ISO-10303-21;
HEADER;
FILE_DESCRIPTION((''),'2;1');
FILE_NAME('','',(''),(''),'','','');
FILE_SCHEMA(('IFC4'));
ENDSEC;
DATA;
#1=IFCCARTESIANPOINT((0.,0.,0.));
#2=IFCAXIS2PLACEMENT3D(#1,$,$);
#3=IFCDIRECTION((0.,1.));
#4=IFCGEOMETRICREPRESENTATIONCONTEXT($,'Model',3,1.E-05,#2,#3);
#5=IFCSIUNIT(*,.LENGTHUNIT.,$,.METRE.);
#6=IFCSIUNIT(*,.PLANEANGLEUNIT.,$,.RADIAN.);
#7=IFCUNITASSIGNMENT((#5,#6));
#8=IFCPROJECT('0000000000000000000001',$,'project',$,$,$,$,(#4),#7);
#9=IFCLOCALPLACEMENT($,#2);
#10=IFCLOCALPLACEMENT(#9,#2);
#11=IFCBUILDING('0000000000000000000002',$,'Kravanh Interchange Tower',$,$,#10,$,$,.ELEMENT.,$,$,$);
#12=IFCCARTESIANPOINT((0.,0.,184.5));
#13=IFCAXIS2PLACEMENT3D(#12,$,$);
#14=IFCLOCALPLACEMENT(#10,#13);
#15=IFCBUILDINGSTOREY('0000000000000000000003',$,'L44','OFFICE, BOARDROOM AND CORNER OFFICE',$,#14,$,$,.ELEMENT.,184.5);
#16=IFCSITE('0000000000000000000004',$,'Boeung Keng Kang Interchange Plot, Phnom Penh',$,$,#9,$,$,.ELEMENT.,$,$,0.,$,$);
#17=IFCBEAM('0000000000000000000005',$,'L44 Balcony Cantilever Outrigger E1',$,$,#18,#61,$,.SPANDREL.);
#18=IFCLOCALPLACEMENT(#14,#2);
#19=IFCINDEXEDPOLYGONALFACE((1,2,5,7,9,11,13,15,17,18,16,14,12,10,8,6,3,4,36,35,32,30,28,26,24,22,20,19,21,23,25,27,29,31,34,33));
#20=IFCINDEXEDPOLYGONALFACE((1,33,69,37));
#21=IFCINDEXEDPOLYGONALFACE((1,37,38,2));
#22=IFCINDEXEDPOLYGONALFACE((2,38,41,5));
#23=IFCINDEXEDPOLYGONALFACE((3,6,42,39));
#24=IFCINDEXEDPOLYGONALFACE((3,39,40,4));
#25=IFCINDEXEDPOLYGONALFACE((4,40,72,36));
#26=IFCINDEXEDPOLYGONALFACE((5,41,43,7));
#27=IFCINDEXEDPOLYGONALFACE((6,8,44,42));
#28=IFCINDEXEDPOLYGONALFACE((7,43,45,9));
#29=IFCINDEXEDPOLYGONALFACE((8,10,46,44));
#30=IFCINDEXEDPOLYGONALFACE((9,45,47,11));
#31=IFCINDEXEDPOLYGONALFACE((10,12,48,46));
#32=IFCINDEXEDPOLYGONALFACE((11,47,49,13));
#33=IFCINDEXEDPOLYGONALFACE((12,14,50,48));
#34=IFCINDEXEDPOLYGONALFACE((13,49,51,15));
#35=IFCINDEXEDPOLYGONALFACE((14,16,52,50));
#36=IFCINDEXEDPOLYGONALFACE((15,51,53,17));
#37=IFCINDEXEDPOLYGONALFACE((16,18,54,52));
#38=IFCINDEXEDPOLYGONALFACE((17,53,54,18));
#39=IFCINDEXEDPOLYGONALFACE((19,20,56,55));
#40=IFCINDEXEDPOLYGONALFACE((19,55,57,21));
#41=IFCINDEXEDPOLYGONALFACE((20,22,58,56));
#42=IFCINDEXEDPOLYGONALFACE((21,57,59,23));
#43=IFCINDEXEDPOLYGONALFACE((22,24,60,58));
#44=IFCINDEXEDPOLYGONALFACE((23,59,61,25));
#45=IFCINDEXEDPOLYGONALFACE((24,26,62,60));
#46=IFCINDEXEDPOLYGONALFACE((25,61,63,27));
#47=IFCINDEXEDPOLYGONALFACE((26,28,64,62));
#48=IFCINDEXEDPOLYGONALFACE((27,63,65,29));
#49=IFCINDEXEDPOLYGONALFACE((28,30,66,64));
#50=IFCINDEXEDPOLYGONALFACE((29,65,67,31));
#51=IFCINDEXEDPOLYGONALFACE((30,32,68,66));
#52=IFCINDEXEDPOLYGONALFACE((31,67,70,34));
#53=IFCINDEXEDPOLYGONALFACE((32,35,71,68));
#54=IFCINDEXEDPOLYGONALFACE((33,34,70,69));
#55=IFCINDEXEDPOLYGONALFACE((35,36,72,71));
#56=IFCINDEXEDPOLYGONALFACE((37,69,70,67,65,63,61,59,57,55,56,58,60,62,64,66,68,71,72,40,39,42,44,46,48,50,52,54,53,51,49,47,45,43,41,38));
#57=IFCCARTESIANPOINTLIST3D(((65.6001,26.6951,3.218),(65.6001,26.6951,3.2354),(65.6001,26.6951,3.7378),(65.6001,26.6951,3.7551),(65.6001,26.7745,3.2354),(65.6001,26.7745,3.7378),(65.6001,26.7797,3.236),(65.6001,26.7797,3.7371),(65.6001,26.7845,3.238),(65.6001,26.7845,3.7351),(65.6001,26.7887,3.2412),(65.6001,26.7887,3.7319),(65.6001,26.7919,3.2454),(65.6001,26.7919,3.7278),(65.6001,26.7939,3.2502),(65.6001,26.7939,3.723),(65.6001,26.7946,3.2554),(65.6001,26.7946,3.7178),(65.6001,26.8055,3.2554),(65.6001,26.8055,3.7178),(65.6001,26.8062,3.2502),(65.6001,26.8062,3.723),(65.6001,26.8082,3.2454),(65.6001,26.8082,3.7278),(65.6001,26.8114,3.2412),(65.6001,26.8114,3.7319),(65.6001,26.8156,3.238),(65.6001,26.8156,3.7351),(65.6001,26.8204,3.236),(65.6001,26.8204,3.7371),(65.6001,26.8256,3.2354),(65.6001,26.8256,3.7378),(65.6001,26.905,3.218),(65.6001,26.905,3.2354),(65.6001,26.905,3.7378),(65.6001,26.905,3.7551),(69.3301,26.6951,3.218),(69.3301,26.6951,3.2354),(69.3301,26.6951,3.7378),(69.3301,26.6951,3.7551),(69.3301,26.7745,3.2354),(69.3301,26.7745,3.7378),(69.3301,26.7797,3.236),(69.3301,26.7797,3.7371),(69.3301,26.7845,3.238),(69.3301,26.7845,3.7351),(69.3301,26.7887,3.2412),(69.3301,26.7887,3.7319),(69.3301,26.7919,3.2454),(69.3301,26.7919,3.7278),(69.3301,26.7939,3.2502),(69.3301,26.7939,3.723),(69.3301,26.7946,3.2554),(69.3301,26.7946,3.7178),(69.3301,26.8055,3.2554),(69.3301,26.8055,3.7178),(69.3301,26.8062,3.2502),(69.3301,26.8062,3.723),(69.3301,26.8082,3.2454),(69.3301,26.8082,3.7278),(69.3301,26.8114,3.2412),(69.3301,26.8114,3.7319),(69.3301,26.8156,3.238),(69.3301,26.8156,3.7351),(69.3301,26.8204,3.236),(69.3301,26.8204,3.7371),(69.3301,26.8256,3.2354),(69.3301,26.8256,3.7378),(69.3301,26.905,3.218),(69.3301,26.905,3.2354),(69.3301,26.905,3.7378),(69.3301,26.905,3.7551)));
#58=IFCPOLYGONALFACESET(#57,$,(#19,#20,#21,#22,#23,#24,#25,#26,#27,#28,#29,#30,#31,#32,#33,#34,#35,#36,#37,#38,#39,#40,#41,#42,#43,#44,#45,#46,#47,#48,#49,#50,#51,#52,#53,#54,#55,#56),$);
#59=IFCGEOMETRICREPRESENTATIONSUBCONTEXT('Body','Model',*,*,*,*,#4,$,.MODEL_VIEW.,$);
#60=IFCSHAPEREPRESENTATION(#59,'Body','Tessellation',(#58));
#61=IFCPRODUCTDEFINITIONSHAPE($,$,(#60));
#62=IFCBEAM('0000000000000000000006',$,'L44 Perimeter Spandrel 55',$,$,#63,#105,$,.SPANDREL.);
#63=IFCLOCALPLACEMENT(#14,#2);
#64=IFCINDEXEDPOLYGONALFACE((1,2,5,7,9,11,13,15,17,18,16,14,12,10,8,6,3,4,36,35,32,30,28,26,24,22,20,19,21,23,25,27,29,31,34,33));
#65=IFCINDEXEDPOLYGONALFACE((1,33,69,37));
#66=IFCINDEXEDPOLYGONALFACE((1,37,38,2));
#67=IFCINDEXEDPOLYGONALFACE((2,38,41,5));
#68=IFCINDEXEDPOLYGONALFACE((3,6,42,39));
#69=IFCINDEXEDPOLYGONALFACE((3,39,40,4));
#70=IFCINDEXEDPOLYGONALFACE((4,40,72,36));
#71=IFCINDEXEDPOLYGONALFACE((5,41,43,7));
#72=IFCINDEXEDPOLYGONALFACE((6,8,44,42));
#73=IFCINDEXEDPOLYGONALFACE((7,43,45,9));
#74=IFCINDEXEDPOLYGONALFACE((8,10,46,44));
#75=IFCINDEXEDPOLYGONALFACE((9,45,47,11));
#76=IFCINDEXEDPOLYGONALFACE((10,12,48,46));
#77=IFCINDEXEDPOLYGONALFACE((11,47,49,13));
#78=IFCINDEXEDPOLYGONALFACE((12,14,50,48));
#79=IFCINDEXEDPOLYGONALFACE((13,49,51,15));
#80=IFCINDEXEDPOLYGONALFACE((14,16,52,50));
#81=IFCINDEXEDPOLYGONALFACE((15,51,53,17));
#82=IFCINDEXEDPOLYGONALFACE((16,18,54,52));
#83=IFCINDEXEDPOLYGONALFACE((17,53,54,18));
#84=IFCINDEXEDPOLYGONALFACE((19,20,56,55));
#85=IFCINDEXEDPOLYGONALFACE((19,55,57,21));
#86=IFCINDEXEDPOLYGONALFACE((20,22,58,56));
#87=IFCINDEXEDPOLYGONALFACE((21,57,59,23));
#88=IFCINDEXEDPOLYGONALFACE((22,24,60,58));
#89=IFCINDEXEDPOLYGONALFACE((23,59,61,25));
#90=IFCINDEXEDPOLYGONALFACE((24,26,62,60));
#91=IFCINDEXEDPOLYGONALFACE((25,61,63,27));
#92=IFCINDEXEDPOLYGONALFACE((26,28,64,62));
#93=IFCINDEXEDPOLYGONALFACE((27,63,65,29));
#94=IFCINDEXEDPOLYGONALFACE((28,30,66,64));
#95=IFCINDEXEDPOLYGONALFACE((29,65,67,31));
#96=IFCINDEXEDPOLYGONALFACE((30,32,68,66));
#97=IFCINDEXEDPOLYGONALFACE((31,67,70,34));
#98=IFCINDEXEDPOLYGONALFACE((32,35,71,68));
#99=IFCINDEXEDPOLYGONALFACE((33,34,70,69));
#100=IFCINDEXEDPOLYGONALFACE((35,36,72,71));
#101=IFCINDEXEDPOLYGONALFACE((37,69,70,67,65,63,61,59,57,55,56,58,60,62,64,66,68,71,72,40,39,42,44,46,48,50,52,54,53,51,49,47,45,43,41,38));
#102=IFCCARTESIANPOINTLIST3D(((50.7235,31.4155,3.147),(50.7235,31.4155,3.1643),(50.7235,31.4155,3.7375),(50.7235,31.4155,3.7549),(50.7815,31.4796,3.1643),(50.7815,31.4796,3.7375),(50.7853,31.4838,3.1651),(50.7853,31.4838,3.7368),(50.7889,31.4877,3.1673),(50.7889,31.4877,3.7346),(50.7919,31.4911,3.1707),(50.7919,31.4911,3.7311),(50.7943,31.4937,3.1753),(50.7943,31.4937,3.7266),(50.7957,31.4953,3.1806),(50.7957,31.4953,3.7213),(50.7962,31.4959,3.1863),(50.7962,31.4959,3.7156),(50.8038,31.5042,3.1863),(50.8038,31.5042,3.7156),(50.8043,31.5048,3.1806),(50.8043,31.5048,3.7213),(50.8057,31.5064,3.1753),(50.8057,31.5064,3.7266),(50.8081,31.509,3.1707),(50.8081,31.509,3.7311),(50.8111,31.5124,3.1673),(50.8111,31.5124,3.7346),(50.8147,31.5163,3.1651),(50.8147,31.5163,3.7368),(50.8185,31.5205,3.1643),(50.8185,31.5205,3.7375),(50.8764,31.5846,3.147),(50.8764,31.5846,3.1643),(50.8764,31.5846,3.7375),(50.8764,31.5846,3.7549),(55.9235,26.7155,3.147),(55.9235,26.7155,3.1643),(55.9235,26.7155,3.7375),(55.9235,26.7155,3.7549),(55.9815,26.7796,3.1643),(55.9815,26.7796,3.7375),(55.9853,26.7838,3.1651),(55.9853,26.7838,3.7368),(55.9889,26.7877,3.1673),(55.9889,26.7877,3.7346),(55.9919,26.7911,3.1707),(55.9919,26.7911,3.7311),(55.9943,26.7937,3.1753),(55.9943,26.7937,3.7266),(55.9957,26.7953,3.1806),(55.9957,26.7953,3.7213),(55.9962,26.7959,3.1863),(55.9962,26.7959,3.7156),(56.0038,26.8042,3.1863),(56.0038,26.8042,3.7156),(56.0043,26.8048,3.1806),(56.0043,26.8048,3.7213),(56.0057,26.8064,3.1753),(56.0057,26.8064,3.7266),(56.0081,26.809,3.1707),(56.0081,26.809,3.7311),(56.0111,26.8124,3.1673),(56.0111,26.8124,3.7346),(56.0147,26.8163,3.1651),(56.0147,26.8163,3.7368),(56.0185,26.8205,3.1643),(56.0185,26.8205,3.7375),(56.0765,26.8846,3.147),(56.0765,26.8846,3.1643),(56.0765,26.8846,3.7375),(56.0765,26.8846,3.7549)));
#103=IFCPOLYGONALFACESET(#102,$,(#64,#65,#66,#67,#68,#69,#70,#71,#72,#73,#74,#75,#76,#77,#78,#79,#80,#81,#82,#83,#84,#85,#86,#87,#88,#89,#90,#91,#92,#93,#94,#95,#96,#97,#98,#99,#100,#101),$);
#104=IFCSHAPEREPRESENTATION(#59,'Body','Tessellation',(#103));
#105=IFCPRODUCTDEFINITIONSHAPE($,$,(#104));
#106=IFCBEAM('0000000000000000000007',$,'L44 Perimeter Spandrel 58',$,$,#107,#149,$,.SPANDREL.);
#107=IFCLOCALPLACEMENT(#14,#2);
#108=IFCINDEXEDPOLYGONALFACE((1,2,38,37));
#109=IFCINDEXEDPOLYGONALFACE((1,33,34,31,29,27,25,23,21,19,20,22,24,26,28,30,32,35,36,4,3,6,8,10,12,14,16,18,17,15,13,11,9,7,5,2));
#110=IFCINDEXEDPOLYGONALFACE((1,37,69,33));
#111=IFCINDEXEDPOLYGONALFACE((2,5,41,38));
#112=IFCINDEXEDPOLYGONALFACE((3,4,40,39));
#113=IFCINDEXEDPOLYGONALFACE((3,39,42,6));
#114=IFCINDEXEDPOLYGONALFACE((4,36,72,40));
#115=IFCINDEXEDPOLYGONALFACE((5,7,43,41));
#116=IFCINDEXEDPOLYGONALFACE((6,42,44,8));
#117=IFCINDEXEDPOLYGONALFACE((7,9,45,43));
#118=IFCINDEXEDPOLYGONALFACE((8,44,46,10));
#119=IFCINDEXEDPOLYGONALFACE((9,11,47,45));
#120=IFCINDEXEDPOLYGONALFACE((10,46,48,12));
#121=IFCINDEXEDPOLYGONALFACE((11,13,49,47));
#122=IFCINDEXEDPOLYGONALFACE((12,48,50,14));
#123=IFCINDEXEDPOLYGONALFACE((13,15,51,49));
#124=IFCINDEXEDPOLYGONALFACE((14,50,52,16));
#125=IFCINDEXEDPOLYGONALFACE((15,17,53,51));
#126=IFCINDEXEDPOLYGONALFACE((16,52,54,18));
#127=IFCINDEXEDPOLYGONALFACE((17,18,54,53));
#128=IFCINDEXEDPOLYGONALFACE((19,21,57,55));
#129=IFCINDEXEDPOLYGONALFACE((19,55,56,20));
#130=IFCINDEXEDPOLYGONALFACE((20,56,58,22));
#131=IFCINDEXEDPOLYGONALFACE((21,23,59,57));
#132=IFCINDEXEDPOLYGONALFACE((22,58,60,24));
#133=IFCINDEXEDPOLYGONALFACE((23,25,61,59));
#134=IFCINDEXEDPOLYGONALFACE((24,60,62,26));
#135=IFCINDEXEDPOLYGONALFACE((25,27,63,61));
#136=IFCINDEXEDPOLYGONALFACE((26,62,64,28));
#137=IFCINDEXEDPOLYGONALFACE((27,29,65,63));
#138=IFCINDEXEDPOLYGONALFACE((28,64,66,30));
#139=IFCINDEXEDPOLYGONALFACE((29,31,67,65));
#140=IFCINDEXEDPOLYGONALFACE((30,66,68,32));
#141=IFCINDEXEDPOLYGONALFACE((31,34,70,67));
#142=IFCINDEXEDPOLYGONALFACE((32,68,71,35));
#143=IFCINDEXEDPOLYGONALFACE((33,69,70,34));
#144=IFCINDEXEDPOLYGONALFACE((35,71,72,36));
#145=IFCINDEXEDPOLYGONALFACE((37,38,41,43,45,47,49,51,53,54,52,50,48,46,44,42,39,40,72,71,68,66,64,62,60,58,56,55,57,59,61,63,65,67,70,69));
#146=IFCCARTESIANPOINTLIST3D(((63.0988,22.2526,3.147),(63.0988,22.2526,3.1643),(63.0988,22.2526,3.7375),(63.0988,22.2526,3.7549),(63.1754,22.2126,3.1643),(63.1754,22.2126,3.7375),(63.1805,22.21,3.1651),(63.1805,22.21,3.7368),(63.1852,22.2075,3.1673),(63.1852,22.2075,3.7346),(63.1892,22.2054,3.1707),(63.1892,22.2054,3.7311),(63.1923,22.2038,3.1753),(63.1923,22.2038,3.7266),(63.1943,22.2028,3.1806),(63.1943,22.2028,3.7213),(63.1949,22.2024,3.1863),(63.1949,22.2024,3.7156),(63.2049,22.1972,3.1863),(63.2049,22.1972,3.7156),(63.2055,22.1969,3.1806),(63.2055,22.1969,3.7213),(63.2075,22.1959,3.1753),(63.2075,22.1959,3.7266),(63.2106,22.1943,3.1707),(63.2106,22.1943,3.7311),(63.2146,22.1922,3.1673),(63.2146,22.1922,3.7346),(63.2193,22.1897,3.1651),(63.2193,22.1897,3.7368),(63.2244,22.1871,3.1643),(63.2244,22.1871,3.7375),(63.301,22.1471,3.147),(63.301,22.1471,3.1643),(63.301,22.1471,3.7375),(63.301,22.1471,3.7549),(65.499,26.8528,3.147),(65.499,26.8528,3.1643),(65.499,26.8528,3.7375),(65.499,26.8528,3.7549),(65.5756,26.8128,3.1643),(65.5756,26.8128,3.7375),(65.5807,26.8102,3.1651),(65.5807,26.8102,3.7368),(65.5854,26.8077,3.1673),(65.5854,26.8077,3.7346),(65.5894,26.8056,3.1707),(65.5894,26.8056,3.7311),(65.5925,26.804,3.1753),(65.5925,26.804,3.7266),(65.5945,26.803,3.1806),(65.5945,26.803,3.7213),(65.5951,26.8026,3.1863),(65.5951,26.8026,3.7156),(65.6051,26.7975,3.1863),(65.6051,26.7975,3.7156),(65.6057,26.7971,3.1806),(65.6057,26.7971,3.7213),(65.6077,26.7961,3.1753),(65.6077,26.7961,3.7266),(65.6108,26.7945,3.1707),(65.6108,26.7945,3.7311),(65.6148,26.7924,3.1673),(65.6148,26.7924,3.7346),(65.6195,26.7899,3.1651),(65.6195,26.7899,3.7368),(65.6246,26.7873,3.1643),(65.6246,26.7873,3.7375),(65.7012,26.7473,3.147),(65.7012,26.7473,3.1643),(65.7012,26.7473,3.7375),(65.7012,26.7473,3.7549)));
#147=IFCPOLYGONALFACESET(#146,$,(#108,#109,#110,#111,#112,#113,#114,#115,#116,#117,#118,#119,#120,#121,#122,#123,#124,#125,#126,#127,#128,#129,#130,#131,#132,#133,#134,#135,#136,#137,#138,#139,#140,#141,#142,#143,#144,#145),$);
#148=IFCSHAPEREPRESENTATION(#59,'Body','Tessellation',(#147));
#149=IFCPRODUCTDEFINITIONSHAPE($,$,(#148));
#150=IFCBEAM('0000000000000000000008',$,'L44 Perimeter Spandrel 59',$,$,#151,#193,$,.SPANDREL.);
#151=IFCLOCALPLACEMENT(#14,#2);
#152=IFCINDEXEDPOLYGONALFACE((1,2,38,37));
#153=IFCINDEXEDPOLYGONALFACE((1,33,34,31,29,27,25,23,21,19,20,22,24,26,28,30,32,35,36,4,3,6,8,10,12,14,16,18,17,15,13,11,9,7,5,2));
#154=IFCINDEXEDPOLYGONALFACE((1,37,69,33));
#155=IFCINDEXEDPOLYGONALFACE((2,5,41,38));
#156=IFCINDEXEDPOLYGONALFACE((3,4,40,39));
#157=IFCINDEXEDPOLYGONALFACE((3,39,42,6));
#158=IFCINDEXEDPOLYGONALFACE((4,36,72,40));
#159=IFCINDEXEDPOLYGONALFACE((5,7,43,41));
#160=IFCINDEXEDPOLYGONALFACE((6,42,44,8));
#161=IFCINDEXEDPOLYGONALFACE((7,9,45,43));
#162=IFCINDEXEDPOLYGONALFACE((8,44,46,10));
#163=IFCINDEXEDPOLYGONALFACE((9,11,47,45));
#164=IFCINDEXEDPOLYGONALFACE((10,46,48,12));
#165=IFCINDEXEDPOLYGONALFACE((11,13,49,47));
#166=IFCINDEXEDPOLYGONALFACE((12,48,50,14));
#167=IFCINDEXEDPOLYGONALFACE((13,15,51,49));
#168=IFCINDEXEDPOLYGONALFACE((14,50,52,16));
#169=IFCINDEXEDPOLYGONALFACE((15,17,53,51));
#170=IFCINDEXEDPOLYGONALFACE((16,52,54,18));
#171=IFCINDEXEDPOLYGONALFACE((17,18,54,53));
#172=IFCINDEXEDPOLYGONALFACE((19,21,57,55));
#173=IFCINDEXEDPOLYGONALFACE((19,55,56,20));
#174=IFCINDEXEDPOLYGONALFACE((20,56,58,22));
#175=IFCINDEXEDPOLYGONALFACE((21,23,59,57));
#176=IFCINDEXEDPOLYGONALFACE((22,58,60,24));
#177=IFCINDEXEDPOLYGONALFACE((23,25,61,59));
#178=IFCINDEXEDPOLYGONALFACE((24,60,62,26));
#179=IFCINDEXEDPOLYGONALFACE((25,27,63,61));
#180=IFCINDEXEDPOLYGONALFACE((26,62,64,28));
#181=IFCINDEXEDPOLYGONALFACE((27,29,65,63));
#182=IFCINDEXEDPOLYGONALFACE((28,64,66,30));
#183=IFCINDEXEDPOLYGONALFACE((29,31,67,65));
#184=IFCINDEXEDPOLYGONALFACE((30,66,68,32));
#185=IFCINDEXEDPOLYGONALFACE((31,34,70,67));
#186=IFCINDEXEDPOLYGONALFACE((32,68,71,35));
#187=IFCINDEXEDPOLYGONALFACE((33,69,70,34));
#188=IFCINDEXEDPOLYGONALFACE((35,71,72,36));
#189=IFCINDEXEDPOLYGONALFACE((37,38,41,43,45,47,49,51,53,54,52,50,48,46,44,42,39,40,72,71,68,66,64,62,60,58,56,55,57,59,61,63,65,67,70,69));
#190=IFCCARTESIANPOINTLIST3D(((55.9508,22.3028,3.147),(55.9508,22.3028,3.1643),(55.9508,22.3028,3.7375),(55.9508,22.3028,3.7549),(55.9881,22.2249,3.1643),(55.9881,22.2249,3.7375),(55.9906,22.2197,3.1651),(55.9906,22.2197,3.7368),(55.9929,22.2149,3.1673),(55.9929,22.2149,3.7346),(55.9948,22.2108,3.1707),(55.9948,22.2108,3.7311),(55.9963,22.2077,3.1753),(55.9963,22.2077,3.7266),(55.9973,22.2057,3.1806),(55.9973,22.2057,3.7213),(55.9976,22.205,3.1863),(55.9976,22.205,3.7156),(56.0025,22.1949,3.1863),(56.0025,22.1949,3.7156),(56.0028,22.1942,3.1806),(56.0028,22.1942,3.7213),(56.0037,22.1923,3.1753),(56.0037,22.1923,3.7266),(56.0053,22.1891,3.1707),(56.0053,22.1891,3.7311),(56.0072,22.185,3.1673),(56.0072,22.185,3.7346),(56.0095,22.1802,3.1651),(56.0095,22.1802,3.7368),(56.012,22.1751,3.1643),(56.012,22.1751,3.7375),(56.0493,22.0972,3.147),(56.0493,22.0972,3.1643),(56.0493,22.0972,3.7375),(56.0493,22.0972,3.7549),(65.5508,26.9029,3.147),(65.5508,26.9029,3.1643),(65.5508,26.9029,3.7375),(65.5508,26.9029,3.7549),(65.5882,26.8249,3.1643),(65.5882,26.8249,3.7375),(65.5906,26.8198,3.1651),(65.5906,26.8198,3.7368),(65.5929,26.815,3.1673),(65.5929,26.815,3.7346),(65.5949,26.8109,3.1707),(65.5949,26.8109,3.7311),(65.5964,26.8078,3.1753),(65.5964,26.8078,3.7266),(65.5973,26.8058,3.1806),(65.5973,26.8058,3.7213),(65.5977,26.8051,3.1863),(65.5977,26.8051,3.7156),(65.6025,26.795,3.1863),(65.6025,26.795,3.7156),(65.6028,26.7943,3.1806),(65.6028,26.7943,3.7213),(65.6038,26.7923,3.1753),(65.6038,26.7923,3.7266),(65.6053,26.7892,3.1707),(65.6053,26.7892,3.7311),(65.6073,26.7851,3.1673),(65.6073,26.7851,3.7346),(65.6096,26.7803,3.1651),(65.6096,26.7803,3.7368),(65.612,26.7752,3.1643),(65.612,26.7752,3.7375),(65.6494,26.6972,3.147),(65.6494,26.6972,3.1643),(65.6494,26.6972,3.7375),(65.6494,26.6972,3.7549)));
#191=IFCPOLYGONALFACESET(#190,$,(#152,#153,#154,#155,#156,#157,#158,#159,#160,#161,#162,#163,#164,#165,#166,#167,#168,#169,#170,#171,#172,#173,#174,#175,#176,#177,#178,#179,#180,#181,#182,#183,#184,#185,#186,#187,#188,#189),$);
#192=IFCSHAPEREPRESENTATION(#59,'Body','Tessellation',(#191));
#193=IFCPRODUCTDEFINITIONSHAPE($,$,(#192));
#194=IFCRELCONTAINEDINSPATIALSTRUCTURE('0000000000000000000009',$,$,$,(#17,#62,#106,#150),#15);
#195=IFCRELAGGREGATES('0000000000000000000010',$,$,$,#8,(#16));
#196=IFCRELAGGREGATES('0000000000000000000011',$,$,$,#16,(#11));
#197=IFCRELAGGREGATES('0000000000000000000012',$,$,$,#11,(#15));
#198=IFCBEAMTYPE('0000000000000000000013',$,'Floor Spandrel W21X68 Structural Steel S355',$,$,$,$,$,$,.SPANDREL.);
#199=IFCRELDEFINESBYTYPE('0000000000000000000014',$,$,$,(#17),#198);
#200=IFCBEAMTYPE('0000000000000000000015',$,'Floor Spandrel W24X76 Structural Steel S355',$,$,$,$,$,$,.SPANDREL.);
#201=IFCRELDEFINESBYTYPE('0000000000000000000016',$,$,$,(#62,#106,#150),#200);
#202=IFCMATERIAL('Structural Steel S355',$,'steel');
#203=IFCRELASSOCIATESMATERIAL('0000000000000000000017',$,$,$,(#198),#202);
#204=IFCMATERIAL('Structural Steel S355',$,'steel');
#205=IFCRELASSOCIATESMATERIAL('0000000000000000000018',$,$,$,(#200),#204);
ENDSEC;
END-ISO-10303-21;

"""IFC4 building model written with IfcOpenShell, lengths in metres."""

from ifc_helpers import new_model, si_unit, direction, frame, origin, origin_2d, place, context, subcontext, project, spatial, i_section, extrude, material, material_profile, profile_set, type_object, element, save


model = new_model("IFC4")

# Units and contexts
model_context = context("Model", 3, precision=1e-05, world=origin(), true_north=direction((0.0, 1.0)))
body_context = subcontext(model_context, "Body", "Model", "MODEL_VIEW")
ifc_project = project(units=[si_unit("LENGTHUNIT", "METRE"), si_unit("PLANEANGLEUNIT", "RADIAN")], contexts=[model_context])

# Site, building, storey
site_placement = place(None, origin())
site = spatial("IfcSite", under=ifc_project, at=site_placement, Name="Boeung Keng Kang Interchange Plot, Phnom Penh", CompositionType="ELEMENT", RefElevation=0.0)
building_placement = place(site_placement, origin())
building = spatial("IfcBuilding", under=site, at=building_placement, Name="Kravanh Interchange Tower", CompositionType="ELEMENT")
storey_placement = place(building_placement, frame((0.0, 0.0, 184.5)))
storey = spatial("IfcBuildingStorey", under=building, at=storey_placement, Name="L44", Description="OFFICE, BOARDROOM AND CORNER OFFICE", CompositionType="ELEMENT", Elevation=184.5)

# Beams
ifc_material_1 = material(Name="Structural Steel S355", Category="steel")
ifc_material_profile_1 = material_profile(ifc_material_1, i_section(OverallWidth=0.21, OverallDepth=0.5371, WebThickness=0.011, FlangeThickness=0.0173, FilletRadius=0.02, at=origin_2d()), Name="W21X68")
ifc_profile_set_1 = profile_set([ifc_material_profile_1], Name="Structural Steel S355")
beam_type_1 = type_object("IfcBeamType", Name="Floor Spandrel W21X68 Structural Steel S355", PredefinedType="SPANDREL", material=ifc_profile_set_1)
beam_1_placement = place(storey_placement, frame((65.6001, 26.8, 3.4866), z_axis=(1.0, 0.0, 0.0), x_axis=(0.0, 1.0, 0.0)))
element("IfcBeam", 1, at=beam_1_placement, inside=storey, type_object=beam_type_1, Name="L44 Balcony Cantilever Outrigger E1", PredefinedType="SPANDREL", context=body_context, shape_type="SweptSolid", body=[
    extrude(i_section(OverallWidth=0.21, OverallDepth=0.5371, WebThickness=0.011, FlangeThickness=0.0173, FilletRadius=0.02, at=origin_2d()), origin(), (0.0, 0.0, 1.0), 3.73),
])
ifc_material_2 = material(Name="Structural Steel S355", Category="steel")
ifc_material_profile_2 = material_profile(ifc_material_2, i_section(OverallWidth=0.228, OverallDepth=0.6079, WebThickness=0.0112, FlangeThickness=0.0173, FilletRadius=0.022, at=origin_2d()), Name="W24X76")
ifc_profile_set_2 = profile_set([ifc_material_profile_2], Name="Structural Steel S355")
beam_type_2 = type_object("IfcBeamType", Name="Floor Spandrel W24X76 Structural Steel S355", PredefinedType="SPANDREL", material=ifc_profile_set_2)
beam_2_placement = place(storey_placement, frame((56.0, 26.8, 3.4509), z_axis=(-0.741874, 0.670539, 0.0), x_axis=(-0.670539, -0.741874, 0.0)))
element("IfcBeam", 2, at=beam_2_placement, inside=storey, type_object=beam_type_2, Name="L44 Perimeter Spandrel 55", PredefinedType="SPANDREL", context=body_context, shape_type="SweptSolid", body=[
    extrude(i_section(OverallWidth=0.228, OverallDepth=0.6079, WebThickness=0.0112, FlangeThickness=0.0173, FilletRadius=0.022, at=origin_2d()), origin(), (0.0, 0.0, 1.0), 7.0093),
])
beam_3_placement = place(storey_placement, frame((65.6001, 26.8, 3.4509), z_axis=(-0.46258, -0.886577, 0.0), x_axis=(0.886577, -0.46258, 0.0)))
element("IfcBeam", 3, at=beam_3_placement, inside=storey, type_object=beam_type_2, Name="L44 Perimeter Spandrel 58", PredefinedType="SPANDREL", context=body_context, shape_type="SweptSolid", body=[
    extrude(i_section(OverallWidth=0.228, OverallDepth=0.6079, WebThickness=0.0112, FlangeThickness=0.0173, FilletRadius=0.022, at=origin_2d()), origin(), (0.0, 0.0, 1.0), 5.1887),
])
beam_4_placement = place(storey_placement, frame((65.6001, 26.8, 3.4509), z_axis=(-0.901814, -0.432124, 0.0), x_axis=(0.432124, -0.901814, 0.0)))
element("IfcBeam", 4, at=beam_4_placement, inside=storey, type_object=beam_type_2, Name="L44 Perimeter Spandrel 59", PredefinedType="SPANDREL", context=body_context, shape_type="SweptSolid", body=[
    extrude(i_section(OverallWidth=0.228, OverallDepth=0.6079, WebThickness=0.0112, FlangeThickness=0.0173, FilletRadius=0.022, at=origin_2d()), origin(), (0.0, 0.0, 1.0), 10.6453),
])

save(model, "model.ifc")
